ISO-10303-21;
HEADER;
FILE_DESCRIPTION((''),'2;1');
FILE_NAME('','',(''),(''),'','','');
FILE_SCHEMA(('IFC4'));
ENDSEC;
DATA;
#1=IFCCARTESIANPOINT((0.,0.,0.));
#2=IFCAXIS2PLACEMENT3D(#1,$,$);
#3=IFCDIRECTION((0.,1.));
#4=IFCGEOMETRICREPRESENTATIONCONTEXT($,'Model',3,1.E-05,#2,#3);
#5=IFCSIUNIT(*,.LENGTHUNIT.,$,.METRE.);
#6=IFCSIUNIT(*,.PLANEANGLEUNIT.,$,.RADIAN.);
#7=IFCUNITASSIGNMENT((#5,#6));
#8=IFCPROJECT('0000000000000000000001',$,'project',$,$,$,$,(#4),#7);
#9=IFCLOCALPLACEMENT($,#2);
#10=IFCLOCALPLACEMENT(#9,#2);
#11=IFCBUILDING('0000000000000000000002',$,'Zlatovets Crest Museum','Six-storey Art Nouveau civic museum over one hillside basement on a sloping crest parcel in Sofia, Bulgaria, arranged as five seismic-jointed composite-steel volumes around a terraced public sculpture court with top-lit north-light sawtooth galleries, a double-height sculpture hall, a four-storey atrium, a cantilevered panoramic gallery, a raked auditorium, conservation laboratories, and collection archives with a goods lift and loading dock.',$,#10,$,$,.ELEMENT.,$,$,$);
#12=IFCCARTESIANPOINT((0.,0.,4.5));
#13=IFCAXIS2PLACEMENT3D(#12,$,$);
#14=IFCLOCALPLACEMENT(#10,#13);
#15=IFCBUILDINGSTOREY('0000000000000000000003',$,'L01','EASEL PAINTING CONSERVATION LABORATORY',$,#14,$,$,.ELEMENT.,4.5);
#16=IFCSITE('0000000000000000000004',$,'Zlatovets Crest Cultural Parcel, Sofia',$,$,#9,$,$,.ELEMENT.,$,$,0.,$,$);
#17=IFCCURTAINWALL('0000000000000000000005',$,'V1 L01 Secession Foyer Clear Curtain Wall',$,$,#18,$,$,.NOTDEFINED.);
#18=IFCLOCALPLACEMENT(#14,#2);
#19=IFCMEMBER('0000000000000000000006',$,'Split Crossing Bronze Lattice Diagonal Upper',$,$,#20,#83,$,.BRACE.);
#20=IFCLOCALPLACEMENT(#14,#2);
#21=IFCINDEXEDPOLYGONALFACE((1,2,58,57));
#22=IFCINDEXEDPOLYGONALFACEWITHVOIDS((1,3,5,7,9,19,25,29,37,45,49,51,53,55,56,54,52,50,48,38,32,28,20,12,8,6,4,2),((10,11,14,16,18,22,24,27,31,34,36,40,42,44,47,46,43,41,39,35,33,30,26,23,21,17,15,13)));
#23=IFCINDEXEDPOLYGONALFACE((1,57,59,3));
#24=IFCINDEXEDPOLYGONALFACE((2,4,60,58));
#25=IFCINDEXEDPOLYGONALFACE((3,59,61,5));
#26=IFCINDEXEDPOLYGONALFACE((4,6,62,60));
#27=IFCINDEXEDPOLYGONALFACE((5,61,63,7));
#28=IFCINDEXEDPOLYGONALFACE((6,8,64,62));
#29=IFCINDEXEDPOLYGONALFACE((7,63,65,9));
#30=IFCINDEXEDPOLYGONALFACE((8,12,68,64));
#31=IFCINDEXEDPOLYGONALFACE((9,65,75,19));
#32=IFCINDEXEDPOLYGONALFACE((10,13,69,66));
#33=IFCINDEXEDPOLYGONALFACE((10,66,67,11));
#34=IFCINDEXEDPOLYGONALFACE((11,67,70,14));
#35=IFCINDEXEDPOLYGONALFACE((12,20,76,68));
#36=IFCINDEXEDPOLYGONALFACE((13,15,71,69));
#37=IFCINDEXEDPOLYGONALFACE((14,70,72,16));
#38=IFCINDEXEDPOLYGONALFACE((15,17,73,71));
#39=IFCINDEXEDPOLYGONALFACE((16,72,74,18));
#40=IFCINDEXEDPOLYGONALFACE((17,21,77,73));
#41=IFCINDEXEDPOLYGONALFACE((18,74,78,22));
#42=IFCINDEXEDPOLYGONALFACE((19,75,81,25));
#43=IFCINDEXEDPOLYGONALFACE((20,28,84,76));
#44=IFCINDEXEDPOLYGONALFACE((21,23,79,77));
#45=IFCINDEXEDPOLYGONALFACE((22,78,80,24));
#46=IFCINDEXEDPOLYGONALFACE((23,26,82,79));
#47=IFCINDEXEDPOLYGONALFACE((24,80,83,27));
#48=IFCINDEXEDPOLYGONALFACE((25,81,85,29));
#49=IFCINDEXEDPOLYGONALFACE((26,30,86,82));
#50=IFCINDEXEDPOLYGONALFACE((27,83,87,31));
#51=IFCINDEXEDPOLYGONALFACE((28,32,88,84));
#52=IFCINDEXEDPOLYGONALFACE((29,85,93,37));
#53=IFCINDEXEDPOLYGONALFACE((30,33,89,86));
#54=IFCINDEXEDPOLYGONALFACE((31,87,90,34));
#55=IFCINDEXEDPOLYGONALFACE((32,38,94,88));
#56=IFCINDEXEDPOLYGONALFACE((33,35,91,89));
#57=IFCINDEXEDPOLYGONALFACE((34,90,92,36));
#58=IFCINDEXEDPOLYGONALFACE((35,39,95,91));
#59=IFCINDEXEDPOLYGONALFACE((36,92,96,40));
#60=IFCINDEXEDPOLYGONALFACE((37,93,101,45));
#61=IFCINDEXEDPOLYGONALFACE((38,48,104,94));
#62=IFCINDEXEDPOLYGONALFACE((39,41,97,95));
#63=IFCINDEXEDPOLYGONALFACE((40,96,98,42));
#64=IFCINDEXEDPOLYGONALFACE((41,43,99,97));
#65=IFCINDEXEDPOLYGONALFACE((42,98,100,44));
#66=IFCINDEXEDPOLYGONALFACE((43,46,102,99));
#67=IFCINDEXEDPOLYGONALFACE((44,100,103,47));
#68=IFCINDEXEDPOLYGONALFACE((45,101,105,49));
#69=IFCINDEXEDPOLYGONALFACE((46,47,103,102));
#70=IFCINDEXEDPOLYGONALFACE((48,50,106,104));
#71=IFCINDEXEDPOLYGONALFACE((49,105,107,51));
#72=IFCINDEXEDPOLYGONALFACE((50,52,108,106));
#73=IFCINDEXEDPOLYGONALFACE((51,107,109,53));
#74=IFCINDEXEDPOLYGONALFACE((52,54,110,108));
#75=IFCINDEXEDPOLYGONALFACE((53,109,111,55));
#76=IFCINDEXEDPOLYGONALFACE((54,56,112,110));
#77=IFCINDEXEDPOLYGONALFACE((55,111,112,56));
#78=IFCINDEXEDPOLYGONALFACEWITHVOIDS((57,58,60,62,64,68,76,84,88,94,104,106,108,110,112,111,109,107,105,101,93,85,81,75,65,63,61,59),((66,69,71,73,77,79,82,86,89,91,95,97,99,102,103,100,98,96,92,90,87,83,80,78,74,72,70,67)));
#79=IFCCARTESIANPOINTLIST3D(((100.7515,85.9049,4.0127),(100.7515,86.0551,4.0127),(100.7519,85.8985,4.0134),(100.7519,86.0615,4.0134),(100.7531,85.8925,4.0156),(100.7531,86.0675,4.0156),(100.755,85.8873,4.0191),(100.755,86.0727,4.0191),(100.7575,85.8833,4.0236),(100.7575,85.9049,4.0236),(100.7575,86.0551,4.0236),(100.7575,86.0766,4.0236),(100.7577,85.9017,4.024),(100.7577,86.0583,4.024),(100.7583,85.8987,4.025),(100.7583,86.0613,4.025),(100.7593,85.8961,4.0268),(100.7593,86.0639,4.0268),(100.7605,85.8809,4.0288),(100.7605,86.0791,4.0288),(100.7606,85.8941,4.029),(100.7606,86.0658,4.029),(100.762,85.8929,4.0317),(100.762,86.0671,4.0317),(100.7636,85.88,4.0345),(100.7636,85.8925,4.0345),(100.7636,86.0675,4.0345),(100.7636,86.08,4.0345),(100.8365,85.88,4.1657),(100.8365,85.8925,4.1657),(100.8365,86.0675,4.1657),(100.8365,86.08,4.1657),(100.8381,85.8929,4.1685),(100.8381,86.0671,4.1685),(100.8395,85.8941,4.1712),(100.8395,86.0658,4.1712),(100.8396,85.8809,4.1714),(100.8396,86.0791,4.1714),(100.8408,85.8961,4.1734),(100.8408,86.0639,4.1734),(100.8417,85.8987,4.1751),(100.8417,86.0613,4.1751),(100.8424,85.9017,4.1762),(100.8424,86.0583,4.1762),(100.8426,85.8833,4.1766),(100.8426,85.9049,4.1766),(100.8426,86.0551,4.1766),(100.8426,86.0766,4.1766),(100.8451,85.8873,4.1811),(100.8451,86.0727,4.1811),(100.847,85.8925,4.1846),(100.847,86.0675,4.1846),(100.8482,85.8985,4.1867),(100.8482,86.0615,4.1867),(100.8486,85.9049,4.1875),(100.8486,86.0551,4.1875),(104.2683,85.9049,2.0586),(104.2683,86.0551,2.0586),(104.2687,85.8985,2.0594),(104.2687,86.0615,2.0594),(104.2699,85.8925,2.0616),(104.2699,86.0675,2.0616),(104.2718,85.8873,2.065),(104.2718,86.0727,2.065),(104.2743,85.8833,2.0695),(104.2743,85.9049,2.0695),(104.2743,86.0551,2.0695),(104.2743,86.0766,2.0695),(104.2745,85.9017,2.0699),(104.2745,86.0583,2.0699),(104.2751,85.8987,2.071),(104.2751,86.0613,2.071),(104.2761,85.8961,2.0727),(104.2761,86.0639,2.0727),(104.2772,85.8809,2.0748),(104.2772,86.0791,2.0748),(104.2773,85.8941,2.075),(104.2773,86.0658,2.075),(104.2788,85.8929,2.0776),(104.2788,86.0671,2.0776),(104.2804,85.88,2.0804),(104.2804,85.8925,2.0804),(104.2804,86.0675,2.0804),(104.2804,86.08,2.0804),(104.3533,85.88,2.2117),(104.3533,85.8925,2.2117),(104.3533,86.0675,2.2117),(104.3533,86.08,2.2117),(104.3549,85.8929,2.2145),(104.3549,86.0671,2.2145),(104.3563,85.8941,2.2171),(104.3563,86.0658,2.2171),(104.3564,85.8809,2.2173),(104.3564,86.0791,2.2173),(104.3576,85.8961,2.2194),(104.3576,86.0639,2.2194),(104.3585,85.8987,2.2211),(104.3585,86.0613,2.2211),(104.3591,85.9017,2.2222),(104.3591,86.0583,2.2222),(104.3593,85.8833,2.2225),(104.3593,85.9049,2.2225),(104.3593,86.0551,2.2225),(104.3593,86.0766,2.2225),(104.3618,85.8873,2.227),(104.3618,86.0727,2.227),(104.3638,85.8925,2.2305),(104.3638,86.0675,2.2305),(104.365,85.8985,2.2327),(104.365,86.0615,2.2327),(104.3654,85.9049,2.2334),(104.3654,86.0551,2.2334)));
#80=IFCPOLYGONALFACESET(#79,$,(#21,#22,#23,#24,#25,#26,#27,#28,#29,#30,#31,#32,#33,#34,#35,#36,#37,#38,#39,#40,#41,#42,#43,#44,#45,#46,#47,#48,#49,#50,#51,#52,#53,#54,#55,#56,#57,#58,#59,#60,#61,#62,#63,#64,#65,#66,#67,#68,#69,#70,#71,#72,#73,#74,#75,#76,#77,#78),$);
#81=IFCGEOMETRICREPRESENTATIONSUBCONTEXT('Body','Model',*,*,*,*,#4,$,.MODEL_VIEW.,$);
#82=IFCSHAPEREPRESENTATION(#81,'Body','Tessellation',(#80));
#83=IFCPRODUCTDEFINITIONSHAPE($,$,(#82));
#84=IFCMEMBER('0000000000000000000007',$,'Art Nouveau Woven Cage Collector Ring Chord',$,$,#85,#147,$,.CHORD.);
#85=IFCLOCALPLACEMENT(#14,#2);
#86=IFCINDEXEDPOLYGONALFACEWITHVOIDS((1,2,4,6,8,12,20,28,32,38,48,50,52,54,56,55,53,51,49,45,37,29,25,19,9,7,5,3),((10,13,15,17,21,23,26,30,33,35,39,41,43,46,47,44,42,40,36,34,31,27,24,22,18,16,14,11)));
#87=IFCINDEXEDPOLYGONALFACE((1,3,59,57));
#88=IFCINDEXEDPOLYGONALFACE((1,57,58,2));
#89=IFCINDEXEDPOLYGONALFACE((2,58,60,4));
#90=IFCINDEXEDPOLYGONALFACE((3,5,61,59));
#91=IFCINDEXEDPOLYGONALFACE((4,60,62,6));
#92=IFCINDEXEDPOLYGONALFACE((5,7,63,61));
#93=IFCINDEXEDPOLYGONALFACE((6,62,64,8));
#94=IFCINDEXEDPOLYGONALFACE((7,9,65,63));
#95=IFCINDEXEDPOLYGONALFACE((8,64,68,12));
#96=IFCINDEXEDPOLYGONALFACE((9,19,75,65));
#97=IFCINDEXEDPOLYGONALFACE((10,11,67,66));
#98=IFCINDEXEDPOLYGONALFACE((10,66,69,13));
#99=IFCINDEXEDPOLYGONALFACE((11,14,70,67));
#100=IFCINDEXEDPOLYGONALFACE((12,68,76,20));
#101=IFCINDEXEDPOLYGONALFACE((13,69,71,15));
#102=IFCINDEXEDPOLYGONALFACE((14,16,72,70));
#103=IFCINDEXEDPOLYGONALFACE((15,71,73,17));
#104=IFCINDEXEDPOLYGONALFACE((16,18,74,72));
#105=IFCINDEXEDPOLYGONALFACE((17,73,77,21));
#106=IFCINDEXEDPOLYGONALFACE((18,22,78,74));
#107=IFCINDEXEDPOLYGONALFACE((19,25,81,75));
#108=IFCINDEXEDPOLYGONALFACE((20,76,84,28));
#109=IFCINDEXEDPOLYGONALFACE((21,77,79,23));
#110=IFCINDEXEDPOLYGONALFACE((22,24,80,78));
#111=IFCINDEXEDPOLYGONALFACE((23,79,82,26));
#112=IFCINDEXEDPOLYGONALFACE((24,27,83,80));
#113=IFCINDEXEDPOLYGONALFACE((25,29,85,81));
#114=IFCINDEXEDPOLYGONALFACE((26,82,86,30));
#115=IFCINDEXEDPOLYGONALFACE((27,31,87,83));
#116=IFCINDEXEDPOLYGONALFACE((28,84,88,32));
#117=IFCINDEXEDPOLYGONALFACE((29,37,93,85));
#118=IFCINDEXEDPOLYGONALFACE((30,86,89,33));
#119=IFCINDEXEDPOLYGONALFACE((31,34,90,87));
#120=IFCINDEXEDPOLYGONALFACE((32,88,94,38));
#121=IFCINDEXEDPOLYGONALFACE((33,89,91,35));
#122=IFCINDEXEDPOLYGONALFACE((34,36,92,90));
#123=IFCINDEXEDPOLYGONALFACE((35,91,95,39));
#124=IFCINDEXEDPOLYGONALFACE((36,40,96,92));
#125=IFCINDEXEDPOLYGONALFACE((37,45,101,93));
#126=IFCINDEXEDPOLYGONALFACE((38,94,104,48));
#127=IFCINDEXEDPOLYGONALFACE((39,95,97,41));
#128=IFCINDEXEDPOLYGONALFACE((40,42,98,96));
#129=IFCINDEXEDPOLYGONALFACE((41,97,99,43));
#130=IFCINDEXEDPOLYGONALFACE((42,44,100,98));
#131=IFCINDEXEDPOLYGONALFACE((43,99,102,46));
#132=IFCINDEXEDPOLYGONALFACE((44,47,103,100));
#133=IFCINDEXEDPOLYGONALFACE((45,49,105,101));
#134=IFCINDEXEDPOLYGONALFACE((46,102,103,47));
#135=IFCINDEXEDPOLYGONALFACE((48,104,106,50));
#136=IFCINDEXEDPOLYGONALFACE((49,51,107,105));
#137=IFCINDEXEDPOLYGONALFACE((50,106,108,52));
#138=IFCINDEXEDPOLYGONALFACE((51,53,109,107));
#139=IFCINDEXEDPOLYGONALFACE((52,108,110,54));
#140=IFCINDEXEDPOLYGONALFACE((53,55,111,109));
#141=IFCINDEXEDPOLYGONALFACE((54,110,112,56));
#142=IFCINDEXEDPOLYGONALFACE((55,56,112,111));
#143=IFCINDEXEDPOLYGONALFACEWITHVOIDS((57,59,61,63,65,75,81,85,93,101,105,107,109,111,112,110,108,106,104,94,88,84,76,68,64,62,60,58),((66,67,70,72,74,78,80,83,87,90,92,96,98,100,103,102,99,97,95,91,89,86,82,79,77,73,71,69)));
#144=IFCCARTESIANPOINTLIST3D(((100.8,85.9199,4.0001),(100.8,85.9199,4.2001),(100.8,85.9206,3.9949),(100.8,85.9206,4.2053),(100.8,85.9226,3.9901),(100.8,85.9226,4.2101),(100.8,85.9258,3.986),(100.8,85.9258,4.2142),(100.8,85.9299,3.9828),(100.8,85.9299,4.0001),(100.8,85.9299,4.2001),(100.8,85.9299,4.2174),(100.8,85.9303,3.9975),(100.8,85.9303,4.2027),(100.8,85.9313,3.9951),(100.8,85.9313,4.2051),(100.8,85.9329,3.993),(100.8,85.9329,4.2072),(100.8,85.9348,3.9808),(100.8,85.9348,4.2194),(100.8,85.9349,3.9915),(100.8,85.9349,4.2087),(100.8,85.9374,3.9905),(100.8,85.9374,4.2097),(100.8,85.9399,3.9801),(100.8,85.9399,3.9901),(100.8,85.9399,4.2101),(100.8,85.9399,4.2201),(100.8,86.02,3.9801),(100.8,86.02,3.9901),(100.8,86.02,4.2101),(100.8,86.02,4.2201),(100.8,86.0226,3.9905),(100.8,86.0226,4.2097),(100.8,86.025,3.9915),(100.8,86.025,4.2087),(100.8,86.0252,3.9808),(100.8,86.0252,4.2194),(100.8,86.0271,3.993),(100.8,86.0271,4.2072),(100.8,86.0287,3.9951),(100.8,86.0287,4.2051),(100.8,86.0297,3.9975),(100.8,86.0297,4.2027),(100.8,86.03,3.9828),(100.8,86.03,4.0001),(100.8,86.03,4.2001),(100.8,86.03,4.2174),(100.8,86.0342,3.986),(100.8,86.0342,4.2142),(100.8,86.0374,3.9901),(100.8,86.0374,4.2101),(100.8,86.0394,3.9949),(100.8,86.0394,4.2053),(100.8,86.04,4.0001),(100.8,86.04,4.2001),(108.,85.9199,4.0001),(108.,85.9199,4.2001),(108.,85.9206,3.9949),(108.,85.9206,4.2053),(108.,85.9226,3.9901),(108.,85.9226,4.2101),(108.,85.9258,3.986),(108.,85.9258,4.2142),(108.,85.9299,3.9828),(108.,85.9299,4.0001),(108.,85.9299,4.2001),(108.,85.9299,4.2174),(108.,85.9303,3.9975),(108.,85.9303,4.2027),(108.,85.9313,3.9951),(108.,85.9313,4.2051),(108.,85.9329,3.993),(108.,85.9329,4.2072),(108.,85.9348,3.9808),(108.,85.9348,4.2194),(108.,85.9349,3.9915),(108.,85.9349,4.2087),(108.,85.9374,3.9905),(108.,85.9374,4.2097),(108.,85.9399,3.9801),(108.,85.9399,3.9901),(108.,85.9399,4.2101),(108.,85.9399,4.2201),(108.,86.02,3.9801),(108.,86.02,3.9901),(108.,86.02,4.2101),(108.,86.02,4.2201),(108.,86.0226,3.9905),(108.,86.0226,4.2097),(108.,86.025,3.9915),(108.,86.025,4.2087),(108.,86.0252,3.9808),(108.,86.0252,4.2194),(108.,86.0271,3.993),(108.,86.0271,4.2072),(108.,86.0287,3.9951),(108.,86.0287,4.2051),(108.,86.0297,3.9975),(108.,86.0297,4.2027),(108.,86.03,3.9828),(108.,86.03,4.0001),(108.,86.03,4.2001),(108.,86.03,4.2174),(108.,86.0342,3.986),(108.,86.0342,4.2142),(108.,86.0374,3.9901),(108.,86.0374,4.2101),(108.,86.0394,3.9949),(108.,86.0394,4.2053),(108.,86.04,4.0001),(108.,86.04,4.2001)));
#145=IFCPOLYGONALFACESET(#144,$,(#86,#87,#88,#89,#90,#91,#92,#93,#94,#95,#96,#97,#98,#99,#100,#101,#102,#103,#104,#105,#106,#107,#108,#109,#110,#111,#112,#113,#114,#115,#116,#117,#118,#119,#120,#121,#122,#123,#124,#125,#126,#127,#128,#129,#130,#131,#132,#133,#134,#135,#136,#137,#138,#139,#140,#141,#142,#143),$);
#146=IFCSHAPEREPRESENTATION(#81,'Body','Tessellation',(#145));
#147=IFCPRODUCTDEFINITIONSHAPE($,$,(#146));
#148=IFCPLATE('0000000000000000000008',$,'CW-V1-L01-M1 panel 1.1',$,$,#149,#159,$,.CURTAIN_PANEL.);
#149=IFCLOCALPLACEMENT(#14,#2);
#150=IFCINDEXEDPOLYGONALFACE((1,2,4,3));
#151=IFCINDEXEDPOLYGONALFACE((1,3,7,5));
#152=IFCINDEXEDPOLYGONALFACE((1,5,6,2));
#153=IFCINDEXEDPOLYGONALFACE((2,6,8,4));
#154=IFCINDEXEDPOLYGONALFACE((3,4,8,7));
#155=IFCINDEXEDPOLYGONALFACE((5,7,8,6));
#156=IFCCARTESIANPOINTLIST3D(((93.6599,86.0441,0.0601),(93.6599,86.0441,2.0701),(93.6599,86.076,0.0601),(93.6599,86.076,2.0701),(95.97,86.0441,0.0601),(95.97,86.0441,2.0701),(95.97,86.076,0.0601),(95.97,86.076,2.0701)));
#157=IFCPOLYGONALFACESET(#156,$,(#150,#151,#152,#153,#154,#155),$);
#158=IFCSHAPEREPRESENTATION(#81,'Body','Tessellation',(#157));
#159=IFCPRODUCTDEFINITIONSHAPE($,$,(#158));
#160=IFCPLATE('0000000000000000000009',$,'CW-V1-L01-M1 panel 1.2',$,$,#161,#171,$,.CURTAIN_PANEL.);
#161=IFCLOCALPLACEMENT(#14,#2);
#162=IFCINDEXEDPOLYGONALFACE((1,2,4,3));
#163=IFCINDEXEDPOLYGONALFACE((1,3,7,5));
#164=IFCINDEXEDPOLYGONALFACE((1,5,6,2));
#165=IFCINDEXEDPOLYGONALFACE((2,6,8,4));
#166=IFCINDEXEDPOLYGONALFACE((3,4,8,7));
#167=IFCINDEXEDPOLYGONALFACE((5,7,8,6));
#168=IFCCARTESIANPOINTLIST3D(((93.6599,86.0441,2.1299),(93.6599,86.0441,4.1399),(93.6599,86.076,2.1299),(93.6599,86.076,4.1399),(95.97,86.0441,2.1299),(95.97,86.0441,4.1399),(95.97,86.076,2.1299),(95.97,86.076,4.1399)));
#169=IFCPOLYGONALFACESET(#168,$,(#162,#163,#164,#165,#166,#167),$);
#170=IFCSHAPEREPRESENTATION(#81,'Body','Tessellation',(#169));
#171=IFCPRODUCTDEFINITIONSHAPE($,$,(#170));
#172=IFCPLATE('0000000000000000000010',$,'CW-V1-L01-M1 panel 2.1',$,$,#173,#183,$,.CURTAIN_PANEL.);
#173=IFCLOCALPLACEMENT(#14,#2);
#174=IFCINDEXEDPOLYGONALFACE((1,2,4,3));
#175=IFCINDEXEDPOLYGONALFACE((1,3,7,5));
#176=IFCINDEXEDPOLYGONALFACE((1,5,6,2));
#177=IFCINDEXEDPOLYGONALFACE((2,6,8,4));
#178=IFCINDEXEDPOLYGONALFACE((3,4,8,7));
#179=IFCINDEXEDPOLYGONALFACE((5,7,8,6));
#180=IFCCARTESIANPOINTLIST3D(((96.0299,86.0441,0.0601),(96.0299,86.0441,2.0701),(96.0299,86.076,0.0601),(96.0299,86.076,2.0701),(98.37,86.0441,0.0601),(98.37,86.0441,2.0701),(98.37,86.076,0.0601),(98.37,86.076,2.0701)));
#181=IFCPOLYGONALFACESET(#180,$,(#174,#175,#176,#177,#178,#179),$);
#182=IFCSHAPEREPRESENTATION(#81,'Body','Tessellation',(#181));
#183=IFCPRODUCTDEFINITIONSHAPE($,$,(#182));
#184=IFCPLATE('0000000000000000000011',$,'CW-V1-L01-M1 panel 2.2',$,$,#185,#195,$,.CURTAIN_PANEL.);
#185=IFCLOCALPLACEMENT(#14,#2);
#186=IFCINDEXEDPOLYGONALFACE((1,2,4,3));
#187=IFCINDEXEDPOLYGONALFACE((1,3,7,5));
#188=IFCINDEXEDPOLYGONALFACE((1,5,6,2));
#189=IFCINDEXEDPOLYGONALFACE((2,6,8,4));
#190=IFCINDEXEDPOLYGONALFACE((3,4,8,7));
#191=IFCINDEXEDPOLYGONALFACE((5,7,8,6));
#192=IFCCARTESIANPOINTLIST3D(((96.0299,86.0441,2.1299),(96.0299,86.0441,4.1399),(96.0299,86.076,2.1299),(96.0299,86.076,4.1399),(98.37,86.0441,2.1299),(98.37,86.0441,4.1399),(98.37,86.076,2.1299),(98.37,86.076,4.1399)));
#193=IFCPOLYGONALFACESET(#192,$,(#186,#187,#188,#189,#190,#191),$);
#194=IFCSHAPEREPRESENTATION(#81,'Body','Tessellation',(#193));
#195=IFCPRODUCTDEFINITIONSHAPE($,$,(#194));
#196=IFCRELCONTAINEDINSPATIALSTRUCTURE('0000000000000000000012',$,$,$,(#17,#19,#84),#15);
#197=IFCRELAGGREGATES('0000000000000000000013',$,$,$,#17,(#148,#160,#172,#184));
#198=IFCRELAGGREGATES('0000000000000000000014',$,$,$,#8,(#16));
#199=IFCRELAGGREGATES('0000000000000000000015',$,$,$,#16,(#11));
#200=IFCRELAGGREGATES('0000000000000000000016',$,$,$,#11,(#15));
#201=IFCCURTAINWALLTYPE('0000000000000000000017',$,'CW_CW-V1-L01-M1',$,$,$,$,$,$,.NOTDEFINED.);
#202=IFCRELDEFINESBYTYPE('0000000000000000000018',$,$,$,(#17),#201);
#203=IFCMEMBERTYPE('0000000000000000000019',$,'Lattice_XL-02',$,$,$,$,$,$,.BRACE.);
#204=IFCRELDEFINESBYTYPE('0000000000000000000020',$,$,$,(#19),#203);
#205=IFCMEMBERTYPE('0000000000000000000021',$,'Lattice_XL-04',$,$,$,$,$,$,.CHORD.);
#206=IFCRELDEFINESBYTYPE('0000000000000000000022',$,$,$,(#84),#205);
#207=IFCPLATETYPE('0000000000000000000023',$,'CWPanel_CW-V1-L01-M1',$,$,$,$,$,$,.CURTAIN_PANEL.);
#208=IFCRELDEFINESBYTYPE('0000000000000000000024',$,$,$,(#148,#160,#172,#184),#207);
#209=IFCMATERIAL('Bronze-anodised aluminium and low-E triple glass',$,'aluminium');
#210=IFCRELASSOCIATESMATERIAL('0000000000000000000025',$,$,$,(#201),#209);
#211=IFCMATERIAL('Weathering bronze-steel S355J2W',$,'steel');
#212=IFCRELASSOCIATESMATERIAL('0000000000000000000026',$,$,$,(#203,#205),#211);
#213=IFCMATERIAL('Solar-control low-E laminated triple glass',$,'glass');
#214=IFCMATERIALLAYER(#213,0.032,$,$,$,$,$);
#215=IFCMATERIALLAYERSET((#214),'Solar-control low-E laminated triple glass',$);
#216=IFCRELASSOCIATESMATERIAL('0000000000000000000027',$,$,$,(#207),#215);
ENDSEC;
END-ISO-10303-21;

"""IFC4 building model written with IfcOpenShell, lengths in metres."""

from ifc_helpers import new_model, si_unit, direction, frame, origin, origin_2d, place, context, subcontext, project, spatial, rectangle, hollow_rectangle, extrude, material, layer, layer_set, material_profile, profile_set, type_object, element, aggregate, save


model = new_model("IFC4")

# Units and contexts
model_context = context("Model", 3, precision=1e-05, world=origin(), true_north=direction((0.0, 1.0)))
body_context = subcontext(model_context, "Body", "Model", "MODEL_VIEW")
ifc_project = project(units=[si_unit("LENGTHUNIT", "METRE"), si_unit("PLANEANGLEUNIT", "RADIAN")], contexts=[model_context])

# Site, building, storey
site_placement = place(None, origin())
site = spatial("IfcSite", under=ifc_project, at=site_placement, Name="Zlatovets Crest Cultural Parcel, Sofia", CompositionType="ELEMENT", RefElevation=0.0)
building_placement = place(site_placement, origin())
building = spatial("IfcBuilding", under=site, at=building_placement, Name="Zlatovets Crest Museum", Description="Six-storey Art Nouveau civic museum over one hillside basement on a sloping crest parcel in Sofia, Bulgaria, arranged as five seismic-jointed composite-steel volumes around a terraced public sculpture court with top-lit north-light sawtooth galleries, a double-height sculpture hall, a four-storey atrium, a cantilevered panoramic gallery, a raked auditorium, conservation laboratories, and collection archives with a goods lift and loading dock.", CompositionType="ELEMENT")
storey_placement = place(building_placement, frame((0.0, 0.0, 4.5)))
storey = spatial("IfcBuildingStorey", under=building, at=storey_placement, Name="L01", Description="EASEL PAINTING CONSERVATION LABORATORY", CompositionType="ELEMENT", Elevation=4.5)

# Curtain wall
ifc_material_1 = material(Name="Bronze-anodised aluminium and low-E triple glass", Category="aluminium")
curtain_wall_type_1 = type_object("IfcCurtainWallType", Name="CW_CW-V1-L01-M1", PredefinedType="NOTDEFINED", material=ifc_material_1)
curtain_wall_1_placement = place(storey_placement, origin())
curtain_wall_1 = element("IfcCurtainWall", 1, at=curtain_wall_1_placement, inside=storey, type_object=curtain_wall_type_1, Name="V1 L01 Secession Foyer Clear Curtain Wall", PredefinedType="NOTDEFINED")

# Members
ifc_material_2 = material(Name="Weathering bronze-steel S355J2W", Category="steel")
ifc_material_profile_1 = material_profile(ifc_material_2, hollow_rectangle(XDim=0.2, YDim=0.2, WallThickness=0.0125, InnerFilletRadius=0.0125, OuterFilletRadius=0.0249, at=origin_2d()), Name="SHS 200x200x12.5")
ifc_profile_set_1 = profile_set([ifc_material_profile_1], Name="Weathering bronze-steel S355J2W")
member_type_1 = type_object("IfcMemberType", Name="Lattice_XL-02", PredefinedType="BRACE", material=ifc_profile_set_1)
member_1_placement = place(storey_placement, frame((100.8, 85.98, 4.1001), z_axis=(0.874126, 0.0, -0.4857), x_axis=(0.0, 1.0, 0.0)))
element("IfcMember", 2, at=member_1_placement, inside=storey, type_object=member_type_1, Name="Split Crossing Bronze Lattice Diagonal Upper", PredefinedType="BRACE", context=body_context, shape_type="SweptSolid", body=[
    extrude(hollow_rectangle(XDim=0.2, YDim=0.2, WallThickness=0.0125, InnerFilletRadius=0.0125, OuterFilletRadius=0.0249, at=origin_2d()), origin(), (0.0, 0.0, 1.0), 4.0232),
])
ifc_material_profile_2 = material_profile(ifc_material_2, hollow_rectangle(XDim=0.1201, YDim=0.24, WallThickness=0.01, InnerFilletRadius=0.01, OuterFilletRadius=0.02, at=origin_2d()), Name="RHS 120x240x10.0")
ifc_profile_set_2 = profile_set([ifc_material_profile_2], Name="Weathering bronze-steel S355J2W")
member_type_2 = type_object("IfcMemberType", Name="Lattice_XL-04", PredefinedType="CHORD", material=ifc_profile_set_2)
member_2_placement = place(storey_placement, frame((100.8, 85.98, 4.1001), z_axis=(1.0, 0.0, 0.0), x_axis=(0.0, 1.0, 0.0)))
element("IfcMember", 3, at=member_2_placement, inside=storey, type_object=member_type_2, Name="Art Nouveau Woven Cage Collector Ring Chord", PredefinedType="CHORD", context=body_context, shape_type="SweptSolid", body=[
    extrude(hollow_rectangle(XDim=0.1201, YDim=0.24, WallThickness=0.01, InnerFilletRadius=0.01, OuterFilletRadius=0.02, at=origin_2d()), origin(), (0.0, 0.0, 1.0), 7.2),
])

# Plates
ifc_material_3 = material(Name="Solar-control low-E laminated triple glass", Category="glass")
ifc_layer_1 = layer(ifc_material_3, 0.032)
ifc_layer_set_1 = layer_set([ifc_layer_1], Name="Solar-control low-E laminated triple glass")
plate_type_1 = type_object("IfcPlateType", Name="CWPanel_CW-V1-L01-M1", PredefinedType="CURTAIN_PANEL", material=ifc_layer_set_1)
plate_1_placement = place(storey_placement, frame((94.8149, 86.0601, 0.0601), z_axis=(0.0, 0.0, 1.0), x_axis=(1.0, 0.0, 0.0)))
plate_1 = element("IfcPlate", 4, at=plate_1_placement, type_object=plate_type_1, Name="CW-V1-L01-M1 panel 1.1", PredefinedType="CURTAIN_PANEL", context=body_context, shape_type="SweptSolid", body=[
    extrude(rectangle(XDim=2.3101, YDim=0.032, at=origin_2d()), origin(), (0.0, 0.0, 1.0), 2.01),
])
plate_2_placement = place(storey_placement, frame((94.8149, 86.0601, 2.1299), z_axis=(0.0, 0.0, 1.0), x_axis=(1.0, 0.0, 0.0)))
plate_2 = element("IfcPlate", 5, at=plate_2_placement, type_object=plate_type_1, Name="CW-V1-L01-M1 panel 1.2", PredefinedType="CURTAIN_PANEL", context=body_context, shape_type="SweptSolid", body=[
    extrude(rectangle(XDim=2.3101, YDim=0.032, at=origin_2d()), origin(), (0.0, 0.0, 1.0), 2.01),
])
plate_3_placement = place(storey_placement, frame((97.2, 86.0601, 0.0601), z_axis=(0.0, 0.0, 1.0), x_axis=(1.0, 0.0, 0.0)))
plate_3 = element("IfcPlate", 6, at=plate_3_placement, type_object=plate_type_1, Name="CW-V1-L01-M1 panel 2.1", PredefinedType="CURTAIN_PANEL", context=body_context, shape_type="SweptSolid", body=[
    extrude(rectangle(XDim=2.3401, YDim=0.032, at=origin_2d()), origin(), (0.0, 0.0, 1.0), 2.01),
])
plate_4_placement = place(storey_placement, frame((97.2, 86.0601, 2.1299), z_axis=(0.0, 0.0, 1.0), x_axis=(1.0, 0.0, 0.0)))
plate_4 = element("IfcPlate", 7, at=plate_4_placement, type_object=plate_type_1, Name="CW-V1-L01-M1 panel 2.2", PredefinedType="CURTAIN_PANEL", context=body_context, shape_type="SweptSolid", body=[
    extrude(rectangle(XDim=2.3401, YDim=0.032, at=origin_2d()), origin(), (0.0, 0.0, 1.0), 2.01),
])
aggregate(curtain_wall_1, [plate_1, plate_2, plate_3, plate_4])

save(model, "model.ifc")
